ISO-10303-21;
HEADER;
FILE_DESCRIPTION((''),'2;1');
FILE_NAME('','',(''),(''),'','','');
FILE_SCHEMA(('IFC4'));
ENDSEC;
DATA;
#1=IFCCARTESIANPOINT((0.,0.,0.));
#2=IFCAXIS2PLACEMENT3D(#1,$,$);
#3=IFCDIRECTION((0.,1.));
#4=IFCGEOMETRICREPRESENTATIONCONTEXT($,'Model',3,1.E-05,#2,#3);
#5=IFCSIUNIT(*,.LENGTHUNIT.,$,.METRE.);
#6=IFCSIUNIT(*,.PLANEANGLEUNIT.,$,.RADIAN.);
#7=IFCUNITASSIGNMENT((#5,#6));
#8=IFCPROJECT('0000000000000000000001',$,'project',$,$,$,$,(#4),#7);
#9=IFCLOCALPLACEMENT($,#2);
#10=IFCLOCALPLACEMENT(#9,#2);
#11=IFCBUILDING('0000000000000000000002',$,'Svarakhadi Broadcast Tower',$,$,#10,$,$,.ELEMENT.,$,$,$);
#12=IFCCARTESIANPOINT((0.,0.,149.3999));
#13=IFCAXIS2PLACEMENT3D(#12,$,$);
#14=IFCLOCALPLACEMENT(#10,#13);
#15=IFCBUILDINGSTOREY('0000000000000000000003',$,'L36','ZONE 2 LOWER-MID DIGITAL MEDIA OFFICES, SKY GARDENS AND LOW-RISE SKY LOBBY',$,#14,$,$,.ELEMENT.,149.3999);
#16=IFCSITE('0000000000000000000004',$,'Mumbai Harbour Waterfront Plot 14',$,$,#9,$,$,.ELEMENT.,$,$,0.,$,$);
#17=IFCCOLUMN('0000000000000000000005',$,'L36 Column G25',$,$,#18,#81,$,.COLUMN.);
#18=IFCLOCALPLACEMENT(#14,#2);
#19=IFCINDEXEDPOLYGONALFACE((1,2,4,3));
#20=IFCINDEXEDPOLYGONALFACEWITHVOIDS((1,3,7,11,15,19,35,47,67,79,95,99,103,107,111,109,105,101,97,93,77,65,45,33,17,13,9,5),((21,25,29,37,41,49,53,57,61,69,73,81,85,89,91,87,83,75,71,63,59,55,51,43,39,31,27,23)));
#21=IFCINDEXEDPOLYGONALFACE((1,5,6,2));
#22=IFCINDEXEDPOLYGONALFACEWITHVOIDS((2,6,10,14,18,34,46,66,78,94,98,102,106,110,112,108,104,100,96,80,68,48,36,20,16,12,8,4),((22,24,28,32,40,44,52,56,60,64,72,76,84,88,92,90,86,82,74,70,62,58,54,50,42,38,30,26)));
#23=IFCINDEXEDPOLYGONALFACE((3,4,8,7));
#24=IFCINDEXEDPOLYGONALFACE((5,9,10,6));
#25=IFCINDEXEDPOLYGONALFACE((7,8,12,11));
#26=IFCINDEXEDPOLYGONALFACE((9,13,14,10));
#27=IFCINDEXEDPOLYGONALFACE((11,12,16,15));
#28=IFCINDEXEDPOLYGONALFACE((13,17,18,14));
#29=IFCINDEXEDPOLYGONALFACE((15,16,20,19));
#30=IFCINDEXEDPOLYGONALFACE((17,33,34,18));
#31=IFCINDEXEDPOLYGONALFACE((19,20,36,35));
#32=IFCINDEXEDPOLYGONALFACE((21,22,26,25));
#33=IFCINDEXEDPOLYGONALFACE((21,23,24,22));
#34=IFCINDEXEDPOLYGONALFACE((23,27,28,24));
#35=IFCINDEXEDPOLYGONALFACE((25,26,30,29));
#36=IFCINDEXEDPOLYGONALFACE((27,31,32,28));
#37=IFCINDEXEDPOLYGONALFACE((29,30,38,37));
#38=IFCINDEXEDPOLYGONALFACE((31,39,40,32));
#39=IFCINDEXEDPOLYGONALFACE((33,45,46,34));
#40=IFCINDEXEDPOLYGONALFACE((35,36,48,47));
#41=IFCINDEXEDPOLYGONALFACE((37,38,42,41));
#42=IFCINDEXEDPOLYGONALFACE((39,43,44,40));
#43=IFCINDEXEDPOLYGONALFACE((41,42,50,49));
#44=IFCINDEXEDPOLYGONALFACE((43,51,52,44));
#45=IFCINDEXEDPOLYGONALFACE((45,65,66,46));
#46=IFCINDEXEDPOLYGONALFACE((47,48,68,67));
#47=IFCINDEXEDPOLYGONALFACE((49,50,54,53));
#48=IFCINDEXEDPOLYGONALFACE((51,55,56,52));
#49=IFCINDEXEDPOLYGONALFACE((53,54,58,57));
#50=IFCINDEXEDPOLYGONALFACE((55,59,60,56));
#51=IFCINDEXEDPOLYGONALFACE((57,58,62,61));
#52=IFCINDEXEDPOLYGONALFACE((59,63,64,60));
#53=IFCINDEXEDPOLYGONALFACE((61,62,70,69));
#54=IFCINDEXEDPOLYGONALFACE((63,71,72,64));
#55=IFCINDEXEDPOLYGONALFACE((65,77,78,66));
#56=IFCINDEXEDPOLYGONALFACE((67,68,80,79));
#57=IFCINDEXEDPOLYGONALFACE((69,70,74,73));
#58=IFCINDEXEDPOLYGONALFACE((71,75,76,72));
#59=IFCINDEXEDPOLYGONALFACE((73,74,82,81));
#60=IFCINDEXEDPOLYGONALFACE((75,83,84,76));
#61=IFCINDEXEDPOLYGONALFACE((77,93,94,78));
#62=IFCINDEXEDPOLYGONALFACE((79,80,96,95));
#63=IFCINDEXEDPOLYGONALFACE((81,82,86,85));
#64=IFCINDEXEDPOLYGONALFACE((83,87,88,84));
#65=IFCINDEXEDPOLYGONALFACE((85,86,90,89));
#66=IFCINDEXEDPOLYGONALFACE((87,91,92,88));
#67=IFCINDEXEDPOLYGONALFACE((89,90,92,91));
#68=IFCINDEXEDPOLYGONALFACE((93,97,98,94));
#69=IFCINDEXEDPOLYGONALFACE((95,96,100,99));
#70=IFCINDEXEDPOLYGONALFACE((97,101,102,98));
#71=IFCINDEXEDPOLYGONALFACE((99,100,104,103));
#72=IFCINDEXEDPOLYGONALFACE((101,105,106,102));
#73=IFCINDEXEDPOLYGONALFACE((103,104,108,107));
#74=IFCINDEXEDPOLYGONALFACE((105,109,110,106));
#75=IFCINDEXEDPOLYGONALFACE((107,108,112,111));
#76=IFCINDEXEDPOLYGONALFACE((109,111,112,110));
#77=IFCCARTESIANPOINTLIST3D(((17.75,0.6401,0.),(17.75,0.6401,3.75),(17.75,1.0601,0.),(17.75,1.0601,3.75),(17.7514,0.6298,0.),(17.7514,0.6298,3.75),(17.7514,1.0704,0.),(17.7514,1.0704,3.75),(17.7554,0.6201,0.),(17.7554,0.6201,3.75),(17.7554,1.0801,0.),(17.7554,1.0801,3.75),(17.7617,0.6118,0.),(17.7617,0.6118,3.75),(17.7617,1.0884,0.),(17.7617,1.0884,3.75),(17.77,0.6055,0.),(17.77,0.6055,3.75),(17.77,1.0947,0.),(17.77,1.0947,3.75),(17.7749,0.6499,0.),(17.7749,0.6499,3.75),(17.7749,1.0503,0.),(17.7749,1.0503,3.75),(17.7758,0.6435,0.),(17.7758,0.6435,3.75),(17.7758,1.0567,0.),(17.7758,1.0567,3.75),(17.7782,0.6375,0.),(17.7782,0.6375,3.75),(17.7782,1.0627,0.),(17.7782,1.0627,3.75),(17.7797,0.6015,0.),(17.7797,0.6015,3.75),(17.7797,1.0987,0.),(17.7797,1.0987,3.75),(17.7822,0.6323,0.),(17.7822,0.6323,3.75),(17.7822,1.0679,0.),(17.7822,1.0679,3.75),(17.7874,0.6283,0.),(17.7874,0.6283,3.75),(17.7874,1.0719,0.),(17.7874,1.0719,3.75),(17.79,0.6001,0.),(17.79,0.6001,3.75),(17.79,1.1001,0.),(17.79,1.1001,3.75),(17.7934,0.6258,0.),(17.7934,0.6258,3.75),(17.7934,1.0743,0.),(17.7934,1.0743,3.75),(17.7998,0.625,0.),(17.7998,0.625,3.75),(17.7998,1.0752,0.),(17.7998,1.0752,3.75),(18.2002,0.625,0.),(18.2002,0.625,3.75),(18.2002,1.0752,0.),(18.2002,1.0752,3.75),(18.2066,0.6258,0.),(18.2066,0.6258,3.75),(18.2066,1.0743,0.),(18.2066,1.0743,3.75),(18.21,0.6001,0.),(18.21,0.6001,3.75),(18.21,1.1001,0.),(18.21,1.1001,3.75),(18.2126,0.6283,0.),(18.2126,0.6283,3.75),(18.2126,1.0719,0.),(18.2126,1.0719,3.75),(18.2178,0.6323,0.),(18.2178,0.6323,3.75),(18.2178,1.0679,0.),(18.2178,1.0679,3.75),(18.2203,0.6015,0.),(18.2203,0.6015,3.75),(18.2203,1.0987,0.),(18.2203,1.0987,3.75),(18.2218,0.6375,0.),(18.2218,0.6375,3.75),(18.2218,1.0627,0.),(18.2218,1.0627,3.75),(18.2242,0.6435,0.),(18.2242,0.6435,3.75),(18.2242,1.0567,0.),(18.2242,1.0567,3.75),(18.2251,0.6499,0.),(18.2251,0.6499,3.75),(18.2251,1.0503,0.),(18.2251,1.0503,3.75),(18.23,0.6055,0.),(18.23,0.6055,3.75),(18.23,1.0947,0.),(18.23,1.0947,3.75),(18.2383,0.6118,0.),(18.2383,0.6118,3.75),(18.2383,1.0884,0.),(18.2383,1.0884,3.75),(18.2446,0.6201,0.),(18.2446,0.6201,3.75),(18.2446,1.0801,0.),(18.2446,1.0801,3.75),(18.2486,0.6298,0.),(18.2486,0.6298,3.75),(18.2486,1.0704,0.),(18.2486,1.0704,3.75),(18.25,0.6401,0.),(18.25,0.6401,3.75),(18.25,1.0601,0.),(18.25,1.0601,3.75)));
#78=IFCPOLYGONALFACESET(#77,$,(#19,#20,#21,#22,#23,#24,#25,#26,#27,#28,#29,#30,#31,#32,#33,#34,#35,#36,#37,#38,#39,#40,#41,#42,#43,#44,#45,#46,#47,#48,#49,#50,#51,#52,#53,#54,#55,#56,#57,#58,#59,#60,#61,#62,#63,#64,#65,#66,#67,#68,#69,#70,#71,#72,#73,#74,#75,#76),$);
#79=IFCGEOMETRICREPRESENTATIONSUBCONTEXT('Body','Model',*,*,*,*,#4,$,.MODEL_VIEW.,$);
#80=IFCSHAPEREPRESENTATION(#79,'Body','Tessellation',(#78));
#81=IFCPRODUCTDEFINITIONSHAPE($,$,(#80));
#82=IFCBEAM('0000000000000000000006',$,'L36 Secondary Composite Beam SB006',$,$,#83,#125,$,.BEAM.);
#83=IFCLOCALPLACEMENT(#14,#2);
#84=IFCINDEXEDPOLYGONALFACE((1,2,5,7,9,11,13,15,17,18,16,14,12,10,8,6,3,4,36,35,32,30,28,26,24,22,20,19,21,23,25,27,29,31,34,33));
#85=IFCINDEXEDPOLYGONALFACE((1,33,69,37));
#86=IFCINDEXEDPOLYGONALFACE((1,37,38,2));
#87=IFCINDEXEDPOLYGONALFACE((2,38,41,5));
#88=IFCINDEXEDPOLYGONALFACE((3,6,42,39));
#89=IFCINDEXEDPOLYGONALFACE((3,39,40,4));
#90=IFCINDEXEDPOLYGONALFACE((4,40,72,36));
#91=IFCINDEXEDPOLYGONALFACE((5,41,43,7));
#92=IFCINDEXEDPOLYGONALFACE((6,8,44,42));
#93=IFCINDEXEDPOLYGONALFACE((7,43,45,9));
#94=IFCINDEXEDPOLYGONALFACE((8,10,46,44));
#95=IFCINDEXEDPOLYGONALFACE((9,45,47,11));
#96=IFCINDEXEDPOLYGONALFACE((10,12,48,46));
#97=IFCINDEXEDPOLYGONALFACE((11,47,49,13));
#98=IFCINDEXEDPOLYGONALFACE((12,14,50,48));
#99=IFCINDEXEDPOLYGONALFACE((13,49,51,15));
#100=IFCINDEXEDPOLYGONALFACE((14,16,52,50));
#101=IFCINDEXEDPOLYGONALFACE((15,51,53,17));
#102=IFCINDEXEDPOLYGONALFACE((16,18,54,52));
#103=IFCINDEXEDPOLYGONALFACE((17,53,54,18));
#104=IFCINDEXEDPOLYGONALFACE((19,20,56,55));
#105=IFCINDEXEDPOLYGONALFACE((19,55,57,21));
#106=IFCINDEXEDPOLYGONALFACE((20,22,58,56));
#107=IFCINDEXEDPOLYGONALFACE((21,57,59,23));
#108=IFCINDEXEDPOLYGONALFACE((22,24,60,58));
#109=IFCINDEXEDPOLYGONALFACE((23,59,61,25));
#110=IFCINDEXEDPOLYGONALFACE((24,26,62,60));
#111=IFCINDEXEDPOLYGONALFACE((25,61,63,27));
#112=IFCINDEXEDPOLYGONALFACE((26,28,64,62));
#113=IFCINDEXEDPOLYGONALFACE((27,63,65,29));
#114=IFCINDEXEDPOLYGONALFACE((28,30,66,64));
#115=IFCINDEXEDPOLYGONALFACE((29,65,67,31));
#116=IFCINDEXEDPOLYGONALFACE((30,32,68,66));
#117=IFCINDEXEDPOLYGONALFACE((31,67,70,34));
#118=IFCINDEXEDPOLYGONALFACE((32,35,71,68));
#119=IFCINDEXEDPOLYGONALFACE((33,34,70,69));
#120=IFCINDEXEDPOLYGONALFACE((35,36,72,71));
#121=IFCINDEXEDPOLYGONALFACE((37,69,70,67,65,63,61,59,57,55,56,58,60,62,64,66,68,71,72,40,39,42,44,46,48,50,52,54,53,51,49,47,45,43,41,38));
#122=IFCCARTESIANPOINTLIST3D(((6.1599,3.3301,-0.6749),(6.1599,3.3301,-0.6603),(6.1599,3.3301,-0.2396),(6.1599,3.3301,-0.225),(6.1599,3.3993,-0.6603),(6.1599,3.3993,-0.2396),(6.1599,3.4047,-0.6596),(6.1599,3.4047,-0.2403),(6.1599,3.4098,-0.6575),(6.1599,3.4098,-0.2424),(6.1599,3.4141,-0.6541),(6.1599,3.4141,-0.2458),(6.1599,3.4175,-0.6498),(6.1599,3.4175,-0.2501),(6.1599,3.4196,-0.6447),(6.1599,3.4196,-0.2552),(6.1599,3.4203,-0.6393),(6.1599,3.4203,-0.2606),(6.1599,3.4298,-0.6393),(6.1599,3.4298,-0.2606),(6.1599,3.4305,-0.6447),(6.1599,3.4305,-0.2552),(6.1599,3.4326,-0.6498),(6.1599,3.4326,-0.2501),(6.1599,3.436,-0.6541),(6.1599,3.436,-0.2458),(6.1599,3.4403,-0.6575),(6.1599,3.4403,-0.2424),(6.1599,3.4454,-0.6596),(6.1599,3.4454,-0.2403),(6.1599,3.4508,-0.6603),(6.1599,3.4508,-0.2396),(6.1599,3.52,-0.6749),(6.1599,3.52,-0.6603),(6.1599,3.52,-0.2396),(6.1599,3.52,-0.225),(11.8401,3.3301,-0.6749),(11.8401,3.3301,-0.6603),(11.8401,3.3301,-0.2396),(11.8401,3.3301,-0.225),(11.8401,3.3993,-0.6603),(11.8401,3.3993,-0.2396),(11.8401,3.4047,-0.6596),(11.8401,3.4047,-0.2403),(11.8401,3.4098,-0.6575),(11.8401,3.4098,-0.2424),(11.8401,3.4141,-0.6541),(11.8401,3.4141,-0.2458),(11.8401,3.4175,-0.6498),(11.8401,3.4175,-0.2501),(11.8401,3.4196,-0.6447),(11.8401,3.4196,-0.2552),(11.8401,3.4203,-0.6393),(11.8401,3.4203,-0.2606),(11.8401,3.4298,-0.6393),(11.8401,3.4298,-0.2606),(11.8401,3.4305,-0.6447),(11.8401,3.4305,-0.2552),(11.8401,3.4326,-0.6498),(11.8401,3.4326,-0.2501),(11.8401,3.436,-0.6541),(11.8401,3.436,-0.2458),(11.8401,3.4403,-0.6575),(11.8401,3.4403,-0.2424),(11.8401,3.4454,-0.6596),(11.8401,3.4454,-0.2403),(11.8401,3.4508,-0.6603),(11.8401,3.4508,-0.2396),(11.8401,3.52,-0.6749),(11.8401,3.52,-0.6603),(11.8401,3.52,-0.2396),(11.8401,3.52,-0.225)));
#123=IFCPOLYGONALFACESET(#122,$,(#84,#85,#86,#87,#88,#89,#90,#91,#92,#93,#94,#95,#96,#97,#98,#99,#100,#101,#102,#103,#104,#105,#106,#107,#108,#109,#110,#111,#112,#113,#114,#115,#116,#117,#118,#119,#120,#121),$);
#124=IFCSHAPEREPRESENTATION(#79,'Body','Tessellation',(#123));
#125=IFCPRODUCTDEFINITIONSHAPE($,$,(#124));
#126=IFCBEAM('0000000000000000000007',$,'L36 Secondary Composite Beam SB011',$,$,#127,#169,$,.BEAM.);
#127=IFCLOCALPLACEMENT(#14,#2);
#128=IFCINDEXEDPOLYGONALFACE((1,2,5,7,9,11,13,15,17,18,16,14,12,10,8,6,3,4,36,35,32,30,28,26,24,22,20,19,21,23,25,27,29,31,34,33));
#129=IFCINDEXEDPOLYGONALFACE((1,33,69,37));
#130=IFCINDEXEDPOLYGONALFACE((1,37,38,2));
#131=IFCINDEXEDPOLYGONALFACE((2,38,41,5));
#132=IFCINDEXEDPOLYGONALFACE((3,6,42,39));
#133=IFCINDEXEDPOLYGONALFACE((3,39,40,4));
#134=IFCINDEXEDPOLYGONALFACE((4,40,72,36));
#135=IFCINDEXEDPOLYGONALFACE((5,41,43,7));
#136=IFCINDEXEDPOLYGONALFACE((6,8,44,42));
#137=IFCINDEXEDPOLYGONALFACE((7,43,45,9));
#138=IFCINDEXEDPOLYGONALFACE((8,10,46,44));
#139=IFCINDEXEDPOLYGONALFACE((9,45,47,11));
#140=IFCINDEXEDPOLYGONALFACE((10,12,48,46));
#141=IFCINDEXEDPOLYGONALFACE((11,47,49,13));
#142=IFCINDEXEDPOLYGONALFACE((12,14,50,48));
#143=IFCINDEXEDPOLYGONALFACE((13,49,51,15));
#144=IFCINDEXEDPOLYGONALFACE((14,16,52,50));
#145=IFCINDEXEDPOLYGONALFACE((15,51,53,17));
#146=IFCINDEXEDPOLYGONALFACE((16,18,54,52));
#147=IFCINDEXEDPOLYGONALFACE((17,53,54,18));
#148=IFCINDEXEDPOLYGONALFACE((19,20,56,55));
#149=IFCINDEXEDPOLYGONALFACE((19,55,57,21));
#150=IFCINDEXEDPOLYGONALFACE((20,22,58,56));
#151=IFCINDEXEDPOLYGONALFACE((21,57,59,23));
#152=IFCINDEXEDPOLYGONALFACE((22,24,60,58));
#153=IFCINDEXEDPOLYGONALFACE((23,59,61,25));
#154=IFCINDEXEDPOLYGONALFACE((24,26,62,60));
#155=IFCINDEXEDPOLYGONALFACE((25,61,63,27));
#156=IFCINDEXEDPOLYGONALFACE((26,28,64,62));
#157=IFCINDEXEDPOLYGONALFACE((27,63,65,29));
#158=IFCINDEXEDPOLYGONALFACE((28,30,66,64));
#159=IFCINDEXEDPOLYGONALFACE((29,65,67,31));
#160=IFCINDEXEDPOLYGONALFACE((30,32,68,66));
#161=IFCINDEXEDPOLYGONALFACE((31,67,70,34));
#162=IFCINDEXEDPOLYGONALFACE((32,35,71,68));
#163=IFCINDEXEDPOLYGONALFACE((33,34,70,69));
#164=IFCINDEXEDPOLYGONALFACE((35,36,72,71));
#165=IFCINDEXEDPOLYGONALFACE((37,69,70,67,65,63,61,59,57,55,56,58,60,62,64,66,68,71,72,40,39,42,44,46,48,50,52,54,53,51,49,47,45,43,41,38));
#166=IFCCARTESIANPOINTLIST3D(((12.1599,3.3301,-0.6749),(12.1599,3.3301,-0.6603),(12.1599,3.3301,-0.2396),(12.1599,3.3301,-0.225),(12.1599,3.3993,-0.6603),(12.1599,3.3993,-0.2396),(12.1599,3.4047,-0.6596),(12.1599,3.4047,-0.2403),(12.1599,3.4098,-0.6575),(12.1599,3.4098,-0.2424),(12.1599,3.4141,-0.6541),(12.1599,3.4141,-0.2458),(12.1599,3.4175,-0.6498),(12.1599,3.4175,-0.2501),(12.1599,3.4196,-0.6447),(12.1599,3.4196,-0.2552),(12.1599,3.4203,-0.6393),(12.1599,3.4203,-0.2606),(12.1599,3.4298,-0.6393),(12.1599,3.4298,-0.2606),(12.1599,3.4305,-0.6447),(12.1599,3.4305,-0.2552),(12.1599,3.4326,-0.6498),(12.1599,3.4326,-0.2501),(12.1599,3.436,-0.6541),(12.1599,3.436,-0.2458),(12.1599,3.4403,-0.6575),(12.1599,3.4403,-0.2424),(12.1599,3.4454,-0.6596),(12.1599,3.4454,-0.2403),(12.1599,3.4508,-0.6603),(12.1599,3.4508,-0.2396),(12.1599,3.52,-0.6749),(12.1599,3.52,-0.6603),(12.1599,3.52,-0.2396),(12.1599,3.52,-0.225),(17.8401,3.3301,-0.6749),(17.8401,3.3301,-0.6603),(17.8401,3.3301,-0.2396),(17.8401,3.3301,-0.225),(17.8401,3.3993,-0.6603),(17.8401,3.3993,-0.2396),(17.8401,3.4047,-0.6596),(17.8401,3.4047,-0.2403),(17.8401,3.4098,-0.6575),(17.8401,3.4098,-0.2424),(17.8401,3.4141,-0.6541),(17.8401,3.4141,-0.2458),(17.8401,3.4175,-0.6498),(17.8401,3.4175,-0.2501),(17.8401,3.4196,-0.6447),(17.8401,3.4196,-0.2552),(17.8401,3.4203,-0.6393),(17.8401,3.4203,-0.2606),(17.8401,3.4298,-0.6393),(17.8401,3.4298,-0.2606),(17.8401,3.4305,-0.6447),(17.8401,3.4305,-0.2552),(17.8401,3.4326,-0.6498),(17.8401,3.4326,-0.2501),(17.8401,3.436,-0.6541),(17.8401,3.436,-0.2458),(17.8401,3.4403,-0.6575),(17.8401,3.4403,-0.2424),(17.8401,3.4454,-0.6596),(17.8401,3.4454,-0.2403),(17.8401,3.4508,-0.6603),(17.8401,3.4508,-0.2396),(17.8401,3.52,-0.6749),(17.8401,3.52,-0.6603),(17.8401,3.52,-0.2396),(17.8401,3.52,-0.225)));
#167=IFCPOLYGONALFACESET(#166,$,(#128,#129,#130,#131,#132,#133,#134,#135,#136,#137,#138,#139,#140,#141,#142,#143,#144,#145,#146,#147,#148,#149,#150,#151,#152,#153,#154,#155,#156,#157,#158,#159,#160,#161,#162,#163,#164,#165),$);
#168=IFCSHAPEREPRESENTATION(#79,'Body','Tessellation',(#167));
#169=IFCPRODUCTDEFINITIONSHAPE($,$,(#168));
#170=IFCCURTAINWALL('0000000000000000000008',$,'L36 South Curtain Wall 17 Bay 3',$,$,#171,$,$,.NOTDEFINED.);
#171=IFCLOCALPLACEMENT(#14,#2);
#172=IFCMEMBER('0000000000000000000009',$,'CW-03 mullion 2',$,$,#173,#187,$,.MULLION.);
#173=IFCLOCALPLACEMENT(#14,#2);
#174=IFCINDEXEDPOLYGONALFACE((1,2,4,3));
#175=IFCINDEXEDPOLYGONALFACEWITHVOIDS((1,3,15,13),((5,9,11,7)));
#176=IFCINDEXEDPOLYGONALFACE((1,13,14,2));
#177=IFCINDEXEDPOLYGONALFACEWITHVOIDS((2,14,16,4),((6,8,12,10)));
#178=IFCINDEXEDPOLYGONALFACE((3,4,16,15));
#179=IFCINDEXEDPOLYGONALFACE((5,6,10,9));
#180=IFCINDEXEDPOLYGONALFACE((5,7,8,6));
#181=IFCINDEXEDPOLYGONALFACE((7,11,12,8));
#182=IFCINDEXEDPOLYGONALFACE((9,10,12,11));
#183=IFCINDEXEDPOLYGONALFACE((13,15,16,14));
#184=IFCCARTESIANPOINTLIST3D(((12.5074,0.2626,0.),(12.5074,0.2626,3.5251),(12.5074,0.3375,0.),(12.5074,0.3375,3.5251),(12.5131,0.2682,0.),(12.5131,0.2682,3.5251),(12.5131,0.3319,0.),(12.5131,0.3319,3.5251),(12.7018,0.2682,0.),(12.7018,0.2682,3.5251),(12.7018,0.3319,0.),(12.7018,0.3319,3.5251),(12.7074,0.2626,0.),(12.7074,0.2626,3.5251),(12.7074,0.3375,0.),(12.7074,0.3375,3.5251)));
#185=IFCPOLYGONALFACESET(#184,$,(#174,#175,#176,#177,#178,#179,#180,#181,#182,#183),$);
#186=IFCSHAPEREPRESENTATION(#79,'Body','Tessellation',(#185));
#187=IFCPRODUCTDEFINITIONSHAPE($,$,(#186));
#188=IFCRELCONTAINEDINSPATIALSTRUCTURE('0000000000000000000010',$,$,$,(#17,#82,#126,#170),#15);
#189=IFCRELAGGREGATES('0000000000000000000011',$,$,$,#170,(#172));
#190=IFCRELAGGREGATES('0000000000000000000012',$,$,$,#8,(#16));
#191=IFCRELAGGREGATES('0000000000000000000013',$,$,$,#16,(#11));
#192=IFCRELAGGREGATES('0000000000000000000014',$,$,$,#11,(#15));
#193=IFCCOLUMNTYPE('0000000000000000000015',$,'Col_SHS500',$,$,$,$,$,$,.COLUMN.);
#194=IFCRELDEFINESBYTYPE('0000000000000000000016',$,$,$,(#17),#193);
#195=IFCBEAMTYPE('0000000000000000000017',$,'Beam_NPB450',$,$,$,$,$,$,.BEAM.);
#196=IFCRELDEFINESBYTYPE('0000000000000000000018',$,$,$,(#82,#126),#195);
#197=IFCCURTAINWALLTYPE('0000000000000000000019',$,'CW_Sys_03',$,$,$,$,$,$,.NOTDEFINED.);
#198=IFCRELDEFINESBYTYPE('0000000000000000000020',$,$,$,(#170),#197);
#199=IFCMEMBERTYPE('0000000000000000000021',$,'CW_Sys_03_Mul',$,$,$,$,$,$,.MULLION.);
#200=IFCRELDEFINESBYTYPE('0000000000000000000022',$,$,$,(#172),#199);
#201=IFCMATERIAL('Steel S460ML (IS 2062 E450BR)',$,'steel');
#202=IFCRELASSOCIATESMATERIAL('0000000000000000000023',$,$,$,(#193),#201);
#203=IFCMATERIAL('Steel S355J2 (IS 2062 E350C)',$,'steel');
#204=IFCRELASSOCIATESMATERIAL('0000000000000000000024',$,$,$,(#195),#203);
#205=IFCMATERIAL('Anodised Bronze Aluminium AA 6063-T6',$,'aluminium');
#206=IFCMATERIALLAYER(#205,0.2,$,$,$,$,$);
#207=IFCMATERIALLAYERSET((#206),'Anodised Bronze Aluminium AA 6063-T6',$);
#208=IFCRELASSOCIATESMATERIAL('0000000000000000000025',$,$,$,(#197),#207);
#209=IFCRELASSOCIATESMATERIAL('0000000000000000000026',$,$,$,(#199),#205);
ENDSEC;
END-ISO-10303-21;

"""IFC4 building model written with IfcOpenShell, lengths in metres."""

from ifc_helpers import new_model, si_unit, direction, frame, origin, origin_2d, place, context, subcontext, project, spatial, hollow_rectangle, i_section, extrude, material, layer, layer_set, material_profile, profile_set, type_object, element, aggregate, save


model = new_model("IFC4")

# Units and contexts
model_context = context("Model", 3, precision=1e-05, world=origin(), true_north=direction((0.0, 1.0)))
body_context = subcontext(model_context, "Body", "Model", "MODEL_VIEW")
ifc_project = project(units=[si_unit("LENGTHUNIT", "METRE"), si_unit("PLANEANGLEUNIT", "RADIAN")], contexts=[model_context])

# Site, building, storey
site_placement = place(None, origin())
site = spatial("IfcSite", under=ifc_project, at=site_placement, Name="Mumbai Harbour Waterfront Plot 14", CompositionType="ELEMENT", RefElevation=0.0)
building_placement = place(site_placement, origin())
building = spatial("IfcBuilding", under=site, at=building_placement, Name="Svarakhadi Broadcast Tower", CompositionType="ELEMENT")
storey_placement = place(building_placement, frame((0.0, 0.0, 149.3999)))
storey = spatial("IfcBuildingStorey", under=building, at=storey_placement, Name="L36", Description="ZONE 2 LOWER-MID DIGITAL MEDIA OFFICES, SKY GARDENS AND LOW-RISE SKY LOBBY", CompositionType="ELEMENT", Elevation=149.3999)

# Column
ifc_material_1 = material(Name="Steel S460ML (IS 2062 E450BR)", Category="steel")
ifc_material_profile_1 = material_profile(ifc_material_1, hollow_rectangle(XDim=0.5, YDim=0.5, WallThickness=0.0249, InnerFilletRadius=0.0249, OuterFilletRadius=0.04, at=origin_2d()), Name="SHS 500x500x25")
ifc_profile_set_1 = profile_set([ifc_material_profile_1], Name="Steel S460ML (IS 2062 E450BR)")
column_type_1 = type_object("IfcColumnType", Name="Col_SHS500", PredefinedType="COLUMN", material=ifc_profile_set_1)
for number, where, z_axis, x_axis, name in (
    (1, (18.0, 0.8501, 0.0), (0.0, 0.0, 1.0), (1.0, 0.0, 0.0), "L36 Column G25"),
):
    element("IfcColumn", number, at=place(storey_placement, frame(where, z_axis=z_axis, x_axis=x_axis)), inside=storey, type_object=column_type_1, Name=name, PredefinedType="COLUMN", context=body_context, shape_type="SweptSolid", body=[
        extrude(hollow_rectangle(XDim=0.5, YDim=0.5, WallThickness=0.0249, InnerFilletRadius=0.0249, OuterFilletRadius=0.04, at=origin_2d()), origin(), (0.0, 0.0, 1.0), 3.75),
    ])

# Beams
ifc_material_2 = material(Name="Steel S355J2 (IS 2062 E350C)", Category="steel")
ifc_material_profile_2 = material_profile(ifc_material_2, i_section(OverallWidth=0.1899, OverallDepth=0.45, WebThickness=0.0095, FlangeThickness=0.0146, FilletRadius=0.021, at=origin_2d()), Name="NPB 450x190x78")
ifc_profile_set_2 = profile_set([ifc_material_profile_2], Name="Steel S355J2 (IS 2062 E350C)")
beam_type_1 = type_object("IfcBeamType", Name="Beam_NPB450", PredefinedType="BEAM", material=ifc_profile_set_2)
for number, where, z_axis, x_axis, name in (
    (2, (6.1599, 3.425, -0.45), (1.0, 0.0, 0.0), (0.0, 1.0, 0.0), "L36 Secondary Composite Beam SB006"),
    (3, (12.1599, 3.425, -0.45), (1.0, 0.0, 0.0), (0.0, 1.0, 0.0), "L36 Secondary Composite Beam SB011"),
):
    element("IfcBeam", number, at=place(storey_placement, frame(where, z_axis=z_axis, x_axis=x_axis)), inside=storey, type_object=beam_type_1, Name=name, PredefinedType="BEAM", context=body_context, shape_type="SweptSolid", body=[
        extrude(i_section(OverallWidth=0.1899, OverallDepth=0.45, WebThickness=0.0095, FlangeThickness=0.0146, FilletRadius=0.021, at=origin_2d()), origin(), (0.0, 0.0, 1.0), 5.6802),
    ])

# Curtain wall, member
ifc_material_3 = material(Name="Anodised Bronze Aluminium AA 6063-T6", Category="aluminium")
ifc_layer_1 = layer(ifc_material_3, 0.2)
ifc_layer_set_1 = layer_set([ifc_layer_1], Name="Anodised Bronze Aluminium AA 6063-T6")
curtain_wall_type = type_object("IfcCurtainWallType", Name="CW_Sys_03", PredefinedType="NOTDEFINED", material=ifc_layer_set_1)
curtain_wall_1_placement = place(storey_placement, origin())
curtain_wall_1 = element("IfcCurtainWall", 4, at=curtain_wall_1_placement, inside=storey, type_object=curtain_wall_type, Name="L36 South Curtain Wall 17 Bay 3", PredefinedType="NOTDEFINED")
ifc_material_profile_3 = material_profile(ifc_material_3, hollow_rectangle(XDim=0.075, YDim=0.2, WallThickness=0.0056, at=origin_2d()), Name="ALU MULLION 200x75x6")
ifc_profile_set_3 = profile_set([ifc_material_profile_3], Name="Anodised Bronze Aluminium AA 6063-T6")
member_type_1 = type_object("IfcMemberType", Name="CW_Sys_03_Mul", PredefinedType="MULLION", material=ifc_profile_set_3)
member_1_placement = place(storey_placement, frame((12.6074, 0.3, 0.0), z_axis=(0.0, 0.0, 1.0), x_axis=(0.0, -1.0, 0.0)))
member_1 = element("IfcMember", 5, at=member_1_placement, type_object=member_type_1, Name="CW-03 mullion 2", PredefinedType="MULLION", context=body_context, shape_type="SweptSolid", body=[
    extrude(hollow_rectangle(XDim=0.075, YDim=0.2, WallThickness=0.0056, at=origin_2d()), origin(), (0.0, 0.0, 1.0), 3.5251),
])
aggregate(curtain_wall_1, [member_1])

save(model, "model.ifc")
